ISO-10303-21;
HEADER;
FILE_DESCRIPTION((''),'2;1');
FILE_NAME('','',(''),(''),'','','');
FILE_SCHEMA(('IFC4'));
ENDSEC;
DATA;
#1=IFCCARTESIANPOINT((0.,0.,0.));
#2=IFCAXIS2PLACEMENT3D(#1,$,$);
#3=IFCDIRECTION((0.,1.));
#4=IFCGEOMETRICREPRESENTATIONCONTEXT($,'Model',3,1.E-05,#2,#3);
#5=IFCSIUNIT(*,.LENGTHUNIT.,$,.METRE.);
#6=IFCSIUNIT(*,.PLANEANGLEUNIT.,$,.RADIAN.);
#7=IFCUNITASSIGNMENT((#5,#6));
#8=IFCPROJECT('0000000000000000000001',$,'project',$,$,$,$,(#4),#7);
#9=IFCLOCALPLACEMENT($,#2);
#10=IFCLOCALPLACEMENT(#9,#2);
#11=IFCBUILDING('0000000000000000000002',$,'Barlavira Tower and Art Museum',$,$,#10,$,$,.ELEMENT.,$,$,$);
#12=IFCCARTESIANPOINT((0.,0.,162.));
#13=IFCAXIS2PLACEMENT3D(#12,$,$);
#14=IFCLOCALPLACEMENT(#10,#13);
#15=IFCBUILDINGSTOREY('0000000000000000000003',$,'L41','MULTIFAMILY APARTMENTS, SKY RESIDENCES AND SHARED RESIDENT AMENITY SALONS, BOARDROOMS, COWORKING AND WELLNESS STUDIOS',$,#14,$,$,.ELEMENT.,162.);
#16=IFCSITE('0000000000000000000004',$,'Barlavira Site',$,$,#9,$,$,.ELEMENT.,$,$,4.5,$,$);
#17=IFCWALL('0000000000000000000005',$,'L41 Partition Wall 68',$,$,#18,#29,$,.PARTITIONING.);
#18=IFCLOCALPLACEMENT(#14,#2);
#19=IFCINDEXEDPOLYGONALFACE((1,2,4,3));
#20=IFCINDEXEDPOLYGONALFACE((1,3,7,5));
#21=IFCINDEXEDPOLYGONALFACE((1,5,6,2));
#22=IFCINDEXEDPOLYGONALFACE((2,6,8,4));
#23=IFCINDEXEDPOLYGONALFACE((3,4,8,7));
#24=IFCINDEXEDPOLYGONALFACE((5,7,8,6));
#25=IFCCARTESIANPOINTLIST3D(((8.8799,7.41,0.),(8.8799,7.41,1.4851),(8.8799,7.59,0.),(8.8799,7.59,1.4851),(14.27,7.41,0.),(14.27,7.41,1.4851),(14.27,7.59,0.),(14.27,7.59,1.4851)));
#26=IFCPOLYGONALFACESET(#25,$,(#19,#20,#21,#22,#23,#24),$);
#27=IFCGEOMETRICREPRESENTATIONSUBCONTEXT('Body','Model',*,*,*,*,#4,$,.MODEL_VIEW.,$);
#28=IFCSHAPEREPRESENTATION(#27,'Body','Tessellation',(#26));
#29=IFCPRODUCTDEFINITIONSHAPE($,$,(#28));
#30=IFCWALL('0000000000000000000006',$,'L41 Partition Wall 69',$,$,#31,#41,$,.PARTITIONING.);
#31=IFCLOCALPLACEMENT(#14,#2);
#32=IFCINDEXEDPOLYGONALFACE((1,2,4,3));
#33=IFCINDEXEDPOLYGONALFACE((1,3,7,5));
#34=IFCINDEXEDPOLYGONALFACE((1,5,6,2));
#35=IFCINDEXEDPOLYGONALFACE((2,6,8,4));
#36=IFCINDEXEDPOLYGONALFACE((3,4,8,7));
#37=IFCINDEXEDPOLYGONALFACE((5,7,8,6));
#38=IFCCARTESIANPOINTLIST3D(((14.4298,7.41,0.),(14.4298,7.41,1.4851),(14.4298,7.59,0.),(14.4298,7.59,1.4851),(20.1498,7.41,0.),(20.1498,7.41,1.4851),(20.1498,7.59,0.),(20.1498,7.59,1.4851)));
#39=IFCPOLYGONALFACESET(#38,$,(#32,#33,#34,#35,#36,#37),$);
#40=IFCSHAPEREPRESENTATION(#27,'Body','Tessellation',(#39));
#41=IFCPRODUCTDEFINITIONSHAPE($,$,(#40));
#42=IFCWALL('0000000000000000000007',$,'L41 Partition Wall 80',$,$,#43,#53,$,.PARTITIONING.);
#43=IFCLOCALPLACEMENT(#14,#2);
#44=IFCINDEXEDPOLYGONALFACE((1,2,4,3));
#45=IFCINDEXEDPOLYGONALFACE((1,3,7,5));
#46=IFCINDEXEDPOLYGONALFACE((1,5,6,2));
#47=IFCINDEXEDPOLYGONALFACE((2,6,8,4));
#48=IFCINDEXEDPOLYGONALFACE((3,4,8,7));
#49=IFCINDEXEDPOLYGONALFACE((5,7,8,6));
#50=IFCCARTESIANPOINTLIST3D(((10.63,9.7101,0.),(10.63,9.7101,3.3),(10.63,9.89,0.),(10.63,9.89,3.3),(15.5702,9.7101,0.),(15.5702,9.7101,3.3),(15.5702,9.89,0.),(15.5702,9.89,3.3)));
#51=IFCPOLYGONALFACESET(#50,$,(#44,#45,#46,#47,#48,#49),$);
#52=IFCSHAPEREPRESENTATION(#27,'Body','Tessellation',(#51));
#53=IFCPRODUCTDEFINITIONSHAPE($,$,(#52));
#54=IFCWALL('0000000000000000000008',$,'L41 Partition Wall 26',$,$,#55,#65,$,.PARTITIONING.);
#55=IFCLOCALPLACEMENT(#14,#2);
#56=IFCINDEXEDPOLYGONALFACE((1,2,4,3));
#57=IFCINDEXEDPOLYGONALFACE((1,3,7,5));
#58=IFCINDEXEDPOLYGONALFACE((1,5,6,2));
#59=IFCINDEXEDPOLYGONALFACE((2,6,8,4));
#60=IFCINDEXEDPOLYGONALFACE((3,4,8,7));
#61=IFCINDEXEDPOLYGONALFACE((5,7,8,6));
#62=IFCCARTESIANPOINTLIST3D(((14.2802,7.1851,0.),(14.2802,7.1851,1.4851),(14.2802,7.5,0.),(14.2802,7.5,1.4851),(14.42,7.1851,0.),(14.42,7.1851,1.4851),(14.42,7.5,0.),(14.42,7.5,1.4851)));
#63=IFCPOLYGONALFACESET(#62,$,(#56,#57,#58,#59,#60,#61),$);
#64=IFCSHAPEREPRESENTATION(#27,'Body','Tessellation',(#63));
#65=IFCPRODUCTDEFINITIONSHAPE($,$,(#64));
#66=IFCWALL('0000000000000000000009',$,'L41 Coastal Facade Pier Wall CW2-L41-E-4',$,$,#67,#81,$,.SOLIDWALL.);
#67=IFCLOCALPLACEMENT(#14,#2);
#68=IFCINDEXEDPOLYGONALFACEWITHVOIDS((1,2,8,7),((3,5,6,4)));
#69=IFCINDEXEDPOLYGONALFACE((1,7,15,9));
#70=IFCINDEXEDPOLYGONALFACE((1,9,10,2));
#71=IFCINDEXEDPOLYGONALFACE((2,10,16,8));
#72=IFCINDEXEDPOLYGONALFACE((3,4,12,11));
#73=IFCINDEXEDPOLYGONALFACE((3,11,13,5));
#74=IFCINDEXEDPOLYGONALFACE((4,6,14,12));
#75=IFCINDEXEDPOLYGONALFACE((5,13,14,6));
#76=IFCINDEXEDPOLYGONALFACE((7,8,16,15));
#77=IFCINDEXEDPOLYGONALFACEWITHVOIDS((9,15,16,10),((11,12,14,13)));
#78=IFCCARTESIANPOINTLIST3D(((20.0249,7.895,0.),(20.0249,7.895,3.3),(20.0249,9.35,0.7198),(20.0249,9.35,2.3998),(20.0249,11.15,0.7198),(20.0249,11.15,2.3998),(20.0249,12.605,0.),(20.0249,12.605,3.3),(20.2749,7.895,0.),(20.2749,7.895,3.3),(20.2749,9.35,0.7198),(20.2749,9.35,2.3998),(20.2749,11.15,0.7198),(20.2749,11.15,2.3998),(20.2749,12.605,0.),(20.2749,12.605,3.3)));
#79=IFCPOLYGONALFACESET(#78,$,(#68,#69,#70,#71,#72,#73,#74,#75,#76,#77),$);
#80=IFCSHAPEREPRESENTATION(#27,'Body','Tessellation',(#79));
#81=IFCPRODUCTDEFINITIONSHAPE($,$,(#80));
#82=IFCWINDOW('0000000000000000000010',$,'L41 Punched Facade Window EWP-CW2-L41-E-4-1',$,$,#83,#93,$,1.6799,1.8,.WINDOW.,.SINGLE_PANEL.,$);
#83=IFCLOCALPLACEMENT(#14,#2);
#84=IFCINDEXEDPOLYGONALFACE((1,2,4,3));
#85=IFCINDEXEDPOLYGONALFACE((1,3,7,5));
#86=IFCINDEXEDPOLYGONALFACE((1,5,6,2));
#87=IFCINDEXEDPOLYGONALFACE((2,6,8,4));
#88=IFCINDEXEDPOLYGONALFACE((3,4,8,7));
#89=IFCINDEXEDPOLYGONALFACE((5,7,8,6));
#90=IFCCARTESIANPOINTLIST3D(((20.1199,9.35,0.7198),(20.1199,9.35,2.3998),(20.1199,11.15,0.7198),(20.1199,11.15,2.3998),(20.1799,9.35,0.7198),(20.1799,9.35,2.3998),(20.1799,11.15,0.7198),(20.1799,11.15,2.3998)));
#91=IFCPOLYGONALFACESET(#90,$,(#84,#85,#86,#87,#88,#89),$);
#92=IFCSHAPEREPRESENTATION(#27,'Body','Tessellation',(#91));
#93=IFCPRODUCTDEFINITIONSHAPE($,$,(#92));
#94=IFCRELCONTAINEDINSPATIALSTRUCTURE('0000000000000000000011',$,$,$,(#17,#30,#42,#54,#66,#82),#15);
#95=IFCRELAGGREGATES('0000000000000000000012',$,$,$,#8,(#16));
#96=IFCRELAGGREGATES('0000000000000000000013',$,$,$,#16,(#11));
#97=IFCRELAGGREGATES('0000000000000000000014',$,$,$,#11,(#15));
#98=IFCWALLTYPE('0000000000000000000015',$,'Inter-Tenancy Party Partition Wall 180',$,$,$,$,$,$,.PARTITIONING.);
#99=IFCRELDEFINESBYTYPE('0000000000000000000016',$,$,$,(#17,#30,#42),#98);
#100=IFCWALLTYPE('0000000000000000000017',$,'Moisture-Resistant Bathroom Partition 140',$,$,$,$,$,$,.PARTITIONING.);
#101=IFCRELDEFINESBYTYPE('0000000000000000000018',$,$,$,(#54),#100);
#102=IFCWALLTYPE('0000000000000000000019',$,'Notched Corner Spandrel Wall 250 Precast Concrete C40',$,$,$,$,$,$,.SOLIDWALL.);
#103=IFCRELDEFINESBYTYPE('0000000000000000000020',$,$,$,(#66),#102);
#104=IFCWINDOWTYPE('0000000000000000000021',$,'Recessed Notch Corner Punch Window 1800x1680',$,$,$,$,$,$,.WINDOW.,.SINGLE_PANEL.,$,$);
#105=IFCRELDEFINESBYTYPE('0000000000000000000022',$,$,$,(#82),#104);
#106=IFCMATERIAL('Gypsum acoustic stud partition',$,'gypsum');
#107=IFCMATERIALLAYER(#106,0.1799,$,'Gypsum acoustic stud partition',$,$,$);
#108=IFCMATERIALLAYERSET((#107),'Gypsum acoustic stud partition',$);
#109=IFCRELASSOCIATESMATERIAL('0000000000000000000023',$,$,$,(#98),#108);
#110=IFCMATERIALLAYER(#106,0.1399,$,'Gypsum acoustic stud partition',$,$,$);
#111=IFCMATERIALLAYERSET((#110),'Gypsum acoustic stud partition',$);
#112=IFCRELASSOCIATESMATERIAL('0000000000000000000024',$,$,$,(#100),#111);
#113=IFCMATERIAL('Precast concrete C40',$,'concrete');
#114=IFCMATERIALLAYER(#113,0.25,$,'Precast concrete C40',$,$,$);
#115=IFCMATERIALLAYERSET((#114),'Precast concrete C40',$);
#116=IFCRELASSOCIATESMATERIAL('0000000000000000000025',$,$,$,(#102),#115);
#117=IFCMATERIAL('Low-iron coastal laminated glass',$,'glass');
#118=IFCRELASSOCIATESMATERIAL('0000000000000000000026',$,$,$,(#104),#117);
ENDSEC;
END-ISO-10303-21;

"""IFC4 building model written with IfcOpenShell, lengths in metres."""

from ifc_helpers import new_model, si_unit, direction, frame, frame_2d, origin, place, context, subcontext, project, spatial, rectangle, extrude, material, layer, layer_set, type_object, element, fill, save


model = new_model("IFC4")

# Units and contexts
model_context = context("Model", 3, precision=1e-05, world=origin(), true_north=direction((0.0, 1.0)))
body_context = subcontext(model_context, "Body", "Model", "MODEL_VIEW")
ifc_project = project(units=[si_unit("LENGTHUNIT", "METRE"), si_unit("PLANEANGLEUNIT", "RADIAN")], contexts=[model_context])

# Site, building, storey
site_placement = place(None, origin())
site = spatial("IfcSite", under=ifc_project, at=site_placement, Name="Barlavira Site", CompositionType="ELEMENT", RefElevation=4.5)
building_placement = place(site_placement, origin())
building = spatial("IfcBuilding", under=site, at=building_placement, Name="Barlavira Tower and Art Museum", CompositionType="ELEMENT")
storey_placement = place(building_placement, frame((0.0, 0.0, 162.0)))
storey = spatial("IfcBuildingStorey", under=building, at=storey_placement, Name="L41", Description="MULTIFAMILY APARTMENTS, SKY RESIDENCES AND SHARED RESIDENT AMENITY SALONS, BOARDROOMS, COWORKING AND WELLNESS STUDIOS", CompositionType="ELEMENT", Elevation=162.0)

# Shared definitions
ifc_material_1 = material(Name="Low-iron coastal laminated glass", Category="glass")

# Shared definitions
ifc_material_2 = material(Name="Gypsum acoustic stud partition", Category="gypsum")

# Walls
ifc_layer_1 = layer(ifc_material_2, 0.1799, Name="Gypsum acoustic stud partition")
ifc_layer_set_1 = layer_set([ifc_layer_1], Name="Gypsum acoustic stud partition")
wall_type_1 = type_object("IfcWallType", Name="Inter-Tenancy Party Partition Wall 180", PredefinedType="PARTITIONING", material=ifc_layer_set_1)
wall_1_placement = place(storey_placement, frame((8.8799, 7.5, 0.0), z_axis=(0.0, 0.0, 1.0), x_axis=(1.0, 0.0, 0.0)))
element("IfcWall", 1, at=wall_1_placement, inside=storey, type_object=wall_type_1, Name="L41 Partition Wall 68", PredefinedType="PARTITIONING", context=body_context, shape_type="SweptSolid", body=[
    extrude(rectangle(XDim=5.3901, YDim=0.1799, at=frame_2d((2.6951, 0.0))), origin(), (0.0, 0.0, 1.0), 1.4851),
])
wall_2_placement = place(storey_placement, frame((14.4299, 7.5, 0.0), z_axis=(0.0, 0.0, 1.0), x_axis=(1.0, 0.0, 0.0)))
element("IfcWall", 2, at=wall_2_placement, inside=storey, type_object=wall_type_1, Name="L41 Partition Wall 69", PredefinedType="PARTITIONING", context=body_context, shape_type="SweptSolid", body=[
    extrude(rectangle(XDim=5.72, YDim=0.1799, at=frame_2d((2.8599, 0.0))), origin(), (0.0, 0.0, 1.0), 1.4851),
])
wall_3_placement = place(storey_placement, frame((10.6299, 9.8, 0.0), z_axis=(0.0, 0.0, 1.0), x_axis=(1.0, 0.0, 0.0)))
element("IfcWall", 3, at=wall_3_placement, inside=storey, type_object=wall_type_1, Name="L41 Partition Wall 80", PredefinedType="PARTITIONING", context=body_context, shape_type="SweptSolid", body=[
    extrude(rectangle(XDim=4.9402, YDim=0.1799, at=frame_2d((2.4702, 0.0))), origin(), (0.0, 0.0, 1.0), 3.3),
])
ifc_layer_2 = layer(ifc_material_2, 0.1399, Name="Gypsum acoustic stud partition")
ifc_layer_set_2 = layer_set([ifc_layer_2], Name="Gypsum acoustic stud partition")
wall_type_2 = type_object("IfcWallType", Name="Moisture-Resistant Bathroom Partition 140", PredefinedType="PARTITIONING", material=ifc_layer_set_2)
wall_4_placement = place(storey_placement, frame((14.3501, 7.1851, 0.0), z_axis=(0.0, 0.0, 1.0), x_axis=(0.0, 1.0, 0.0)))
element("IfcWall", 4, at=wall_4_placement, inside=storey, type_object=wall_type_2, Name="L41 Partition Wall 26", PredefinedType="PARTITIONING", context=body_context, shape_type="SweptSolid", body=[
    extrude(rectangle(XDim=0.3149, YDim=0.1399, at=frame_2d((0.1575, 0.0))), origin(), (0.0, 0.0, 1.0), 1.4851),
])

# Wall, opening, window
ifc_material_3 = material(Name="Precast concrete C40", Category="concrete")
ifc_layer_3 = layer(ifc_material_3, 0.25, Name="Precast concrete C40")
ifc_layer_set_3 = layer_set([ifc_layer_3], Name="Precast concrete C40")
wall_type_3 = type_object("IfcWallType", Name="Notched Corner Spandrel Wall 250 Precast Concrete C40", PredefinedType="SOLIDWALL", material=ifc_layer_set_3)
wall_5_placement = place(storey_placement, frame((20.1499, 7.895, 0.0), z_axis=(0.0, 0.0, 1.0), x_axis=(0.0, 1.0, 0.0)))
wall_5 = element("IfcWall", 5, at=wall_5_placement, inside=storey, type_object=wall_type_3, Name="L41 Coastal Facade Pier Wall CW2-L41-E-4", PredefinedType="SOLIDWALL", context=body_context, shape_type="SweptSolid", body=[
    extrude(rectangle(XDim=4.71, YDim=0.25, at=frame_2d((2.355, 0.0))), origin(), (0.0, 0.0, 1.0), 3.3),
])
opening_1_placement = place(wall_5_placement, frame((1.4551, 0.0, 0.72)))
opening_1 = element("IfcOpeningElement", 6, at=opening_1_placement, cuts=wall_5, PredefinedType="OPENING", context=body_context, shape_type="SweptSolid", body=[
    extrude(rectangle(XDim=1.8, YDim=1.6799, at=frame_2d((0.8999, 0.8398))), frame((0.0, 0.135, 0.0), z_axis=(0.0, -1.0, 0.0), x_axis=(1.0, 0.0, 0.0)), (0.0, 0.0, 1.0), 0.27),
])
window_type = type_object("IfcWindowType", Name="Recessed Notch Corner Punch Window 1800x1680", PartitioningType="SINGLE_PANEL", PredefinedType="WINDOW", material=ifc_material_1)
window_placement = place(opening_1_placement, origin())
window = element("IfcWindow", 7, at=window_placement, inside=storey, type_object=window_type, Name="L41 Punched Facade Window EWP-CW2-L41-E-4-1", OverallHeight=1.6799, OverallWidth=1.8, PartitioningType="SINGLE_PANEL", PredefinedType="WINDOW", context=body_context, shape_type="SweptSolid", body=[
    extrude(rectangle(XDim=1.8, YDim=1.6799, at=frame_2d((0.8999, 0.8398))), frame((0.0, 0.03, 0.0), z_axis=(0.0, -1.0, 0.0), x_axis=(1.0, 0.0, 0.0)), (0.0, 0.0, 1.0), 0.0601),
])
fill(opening_1, window)

save(model, "model.ifc")
